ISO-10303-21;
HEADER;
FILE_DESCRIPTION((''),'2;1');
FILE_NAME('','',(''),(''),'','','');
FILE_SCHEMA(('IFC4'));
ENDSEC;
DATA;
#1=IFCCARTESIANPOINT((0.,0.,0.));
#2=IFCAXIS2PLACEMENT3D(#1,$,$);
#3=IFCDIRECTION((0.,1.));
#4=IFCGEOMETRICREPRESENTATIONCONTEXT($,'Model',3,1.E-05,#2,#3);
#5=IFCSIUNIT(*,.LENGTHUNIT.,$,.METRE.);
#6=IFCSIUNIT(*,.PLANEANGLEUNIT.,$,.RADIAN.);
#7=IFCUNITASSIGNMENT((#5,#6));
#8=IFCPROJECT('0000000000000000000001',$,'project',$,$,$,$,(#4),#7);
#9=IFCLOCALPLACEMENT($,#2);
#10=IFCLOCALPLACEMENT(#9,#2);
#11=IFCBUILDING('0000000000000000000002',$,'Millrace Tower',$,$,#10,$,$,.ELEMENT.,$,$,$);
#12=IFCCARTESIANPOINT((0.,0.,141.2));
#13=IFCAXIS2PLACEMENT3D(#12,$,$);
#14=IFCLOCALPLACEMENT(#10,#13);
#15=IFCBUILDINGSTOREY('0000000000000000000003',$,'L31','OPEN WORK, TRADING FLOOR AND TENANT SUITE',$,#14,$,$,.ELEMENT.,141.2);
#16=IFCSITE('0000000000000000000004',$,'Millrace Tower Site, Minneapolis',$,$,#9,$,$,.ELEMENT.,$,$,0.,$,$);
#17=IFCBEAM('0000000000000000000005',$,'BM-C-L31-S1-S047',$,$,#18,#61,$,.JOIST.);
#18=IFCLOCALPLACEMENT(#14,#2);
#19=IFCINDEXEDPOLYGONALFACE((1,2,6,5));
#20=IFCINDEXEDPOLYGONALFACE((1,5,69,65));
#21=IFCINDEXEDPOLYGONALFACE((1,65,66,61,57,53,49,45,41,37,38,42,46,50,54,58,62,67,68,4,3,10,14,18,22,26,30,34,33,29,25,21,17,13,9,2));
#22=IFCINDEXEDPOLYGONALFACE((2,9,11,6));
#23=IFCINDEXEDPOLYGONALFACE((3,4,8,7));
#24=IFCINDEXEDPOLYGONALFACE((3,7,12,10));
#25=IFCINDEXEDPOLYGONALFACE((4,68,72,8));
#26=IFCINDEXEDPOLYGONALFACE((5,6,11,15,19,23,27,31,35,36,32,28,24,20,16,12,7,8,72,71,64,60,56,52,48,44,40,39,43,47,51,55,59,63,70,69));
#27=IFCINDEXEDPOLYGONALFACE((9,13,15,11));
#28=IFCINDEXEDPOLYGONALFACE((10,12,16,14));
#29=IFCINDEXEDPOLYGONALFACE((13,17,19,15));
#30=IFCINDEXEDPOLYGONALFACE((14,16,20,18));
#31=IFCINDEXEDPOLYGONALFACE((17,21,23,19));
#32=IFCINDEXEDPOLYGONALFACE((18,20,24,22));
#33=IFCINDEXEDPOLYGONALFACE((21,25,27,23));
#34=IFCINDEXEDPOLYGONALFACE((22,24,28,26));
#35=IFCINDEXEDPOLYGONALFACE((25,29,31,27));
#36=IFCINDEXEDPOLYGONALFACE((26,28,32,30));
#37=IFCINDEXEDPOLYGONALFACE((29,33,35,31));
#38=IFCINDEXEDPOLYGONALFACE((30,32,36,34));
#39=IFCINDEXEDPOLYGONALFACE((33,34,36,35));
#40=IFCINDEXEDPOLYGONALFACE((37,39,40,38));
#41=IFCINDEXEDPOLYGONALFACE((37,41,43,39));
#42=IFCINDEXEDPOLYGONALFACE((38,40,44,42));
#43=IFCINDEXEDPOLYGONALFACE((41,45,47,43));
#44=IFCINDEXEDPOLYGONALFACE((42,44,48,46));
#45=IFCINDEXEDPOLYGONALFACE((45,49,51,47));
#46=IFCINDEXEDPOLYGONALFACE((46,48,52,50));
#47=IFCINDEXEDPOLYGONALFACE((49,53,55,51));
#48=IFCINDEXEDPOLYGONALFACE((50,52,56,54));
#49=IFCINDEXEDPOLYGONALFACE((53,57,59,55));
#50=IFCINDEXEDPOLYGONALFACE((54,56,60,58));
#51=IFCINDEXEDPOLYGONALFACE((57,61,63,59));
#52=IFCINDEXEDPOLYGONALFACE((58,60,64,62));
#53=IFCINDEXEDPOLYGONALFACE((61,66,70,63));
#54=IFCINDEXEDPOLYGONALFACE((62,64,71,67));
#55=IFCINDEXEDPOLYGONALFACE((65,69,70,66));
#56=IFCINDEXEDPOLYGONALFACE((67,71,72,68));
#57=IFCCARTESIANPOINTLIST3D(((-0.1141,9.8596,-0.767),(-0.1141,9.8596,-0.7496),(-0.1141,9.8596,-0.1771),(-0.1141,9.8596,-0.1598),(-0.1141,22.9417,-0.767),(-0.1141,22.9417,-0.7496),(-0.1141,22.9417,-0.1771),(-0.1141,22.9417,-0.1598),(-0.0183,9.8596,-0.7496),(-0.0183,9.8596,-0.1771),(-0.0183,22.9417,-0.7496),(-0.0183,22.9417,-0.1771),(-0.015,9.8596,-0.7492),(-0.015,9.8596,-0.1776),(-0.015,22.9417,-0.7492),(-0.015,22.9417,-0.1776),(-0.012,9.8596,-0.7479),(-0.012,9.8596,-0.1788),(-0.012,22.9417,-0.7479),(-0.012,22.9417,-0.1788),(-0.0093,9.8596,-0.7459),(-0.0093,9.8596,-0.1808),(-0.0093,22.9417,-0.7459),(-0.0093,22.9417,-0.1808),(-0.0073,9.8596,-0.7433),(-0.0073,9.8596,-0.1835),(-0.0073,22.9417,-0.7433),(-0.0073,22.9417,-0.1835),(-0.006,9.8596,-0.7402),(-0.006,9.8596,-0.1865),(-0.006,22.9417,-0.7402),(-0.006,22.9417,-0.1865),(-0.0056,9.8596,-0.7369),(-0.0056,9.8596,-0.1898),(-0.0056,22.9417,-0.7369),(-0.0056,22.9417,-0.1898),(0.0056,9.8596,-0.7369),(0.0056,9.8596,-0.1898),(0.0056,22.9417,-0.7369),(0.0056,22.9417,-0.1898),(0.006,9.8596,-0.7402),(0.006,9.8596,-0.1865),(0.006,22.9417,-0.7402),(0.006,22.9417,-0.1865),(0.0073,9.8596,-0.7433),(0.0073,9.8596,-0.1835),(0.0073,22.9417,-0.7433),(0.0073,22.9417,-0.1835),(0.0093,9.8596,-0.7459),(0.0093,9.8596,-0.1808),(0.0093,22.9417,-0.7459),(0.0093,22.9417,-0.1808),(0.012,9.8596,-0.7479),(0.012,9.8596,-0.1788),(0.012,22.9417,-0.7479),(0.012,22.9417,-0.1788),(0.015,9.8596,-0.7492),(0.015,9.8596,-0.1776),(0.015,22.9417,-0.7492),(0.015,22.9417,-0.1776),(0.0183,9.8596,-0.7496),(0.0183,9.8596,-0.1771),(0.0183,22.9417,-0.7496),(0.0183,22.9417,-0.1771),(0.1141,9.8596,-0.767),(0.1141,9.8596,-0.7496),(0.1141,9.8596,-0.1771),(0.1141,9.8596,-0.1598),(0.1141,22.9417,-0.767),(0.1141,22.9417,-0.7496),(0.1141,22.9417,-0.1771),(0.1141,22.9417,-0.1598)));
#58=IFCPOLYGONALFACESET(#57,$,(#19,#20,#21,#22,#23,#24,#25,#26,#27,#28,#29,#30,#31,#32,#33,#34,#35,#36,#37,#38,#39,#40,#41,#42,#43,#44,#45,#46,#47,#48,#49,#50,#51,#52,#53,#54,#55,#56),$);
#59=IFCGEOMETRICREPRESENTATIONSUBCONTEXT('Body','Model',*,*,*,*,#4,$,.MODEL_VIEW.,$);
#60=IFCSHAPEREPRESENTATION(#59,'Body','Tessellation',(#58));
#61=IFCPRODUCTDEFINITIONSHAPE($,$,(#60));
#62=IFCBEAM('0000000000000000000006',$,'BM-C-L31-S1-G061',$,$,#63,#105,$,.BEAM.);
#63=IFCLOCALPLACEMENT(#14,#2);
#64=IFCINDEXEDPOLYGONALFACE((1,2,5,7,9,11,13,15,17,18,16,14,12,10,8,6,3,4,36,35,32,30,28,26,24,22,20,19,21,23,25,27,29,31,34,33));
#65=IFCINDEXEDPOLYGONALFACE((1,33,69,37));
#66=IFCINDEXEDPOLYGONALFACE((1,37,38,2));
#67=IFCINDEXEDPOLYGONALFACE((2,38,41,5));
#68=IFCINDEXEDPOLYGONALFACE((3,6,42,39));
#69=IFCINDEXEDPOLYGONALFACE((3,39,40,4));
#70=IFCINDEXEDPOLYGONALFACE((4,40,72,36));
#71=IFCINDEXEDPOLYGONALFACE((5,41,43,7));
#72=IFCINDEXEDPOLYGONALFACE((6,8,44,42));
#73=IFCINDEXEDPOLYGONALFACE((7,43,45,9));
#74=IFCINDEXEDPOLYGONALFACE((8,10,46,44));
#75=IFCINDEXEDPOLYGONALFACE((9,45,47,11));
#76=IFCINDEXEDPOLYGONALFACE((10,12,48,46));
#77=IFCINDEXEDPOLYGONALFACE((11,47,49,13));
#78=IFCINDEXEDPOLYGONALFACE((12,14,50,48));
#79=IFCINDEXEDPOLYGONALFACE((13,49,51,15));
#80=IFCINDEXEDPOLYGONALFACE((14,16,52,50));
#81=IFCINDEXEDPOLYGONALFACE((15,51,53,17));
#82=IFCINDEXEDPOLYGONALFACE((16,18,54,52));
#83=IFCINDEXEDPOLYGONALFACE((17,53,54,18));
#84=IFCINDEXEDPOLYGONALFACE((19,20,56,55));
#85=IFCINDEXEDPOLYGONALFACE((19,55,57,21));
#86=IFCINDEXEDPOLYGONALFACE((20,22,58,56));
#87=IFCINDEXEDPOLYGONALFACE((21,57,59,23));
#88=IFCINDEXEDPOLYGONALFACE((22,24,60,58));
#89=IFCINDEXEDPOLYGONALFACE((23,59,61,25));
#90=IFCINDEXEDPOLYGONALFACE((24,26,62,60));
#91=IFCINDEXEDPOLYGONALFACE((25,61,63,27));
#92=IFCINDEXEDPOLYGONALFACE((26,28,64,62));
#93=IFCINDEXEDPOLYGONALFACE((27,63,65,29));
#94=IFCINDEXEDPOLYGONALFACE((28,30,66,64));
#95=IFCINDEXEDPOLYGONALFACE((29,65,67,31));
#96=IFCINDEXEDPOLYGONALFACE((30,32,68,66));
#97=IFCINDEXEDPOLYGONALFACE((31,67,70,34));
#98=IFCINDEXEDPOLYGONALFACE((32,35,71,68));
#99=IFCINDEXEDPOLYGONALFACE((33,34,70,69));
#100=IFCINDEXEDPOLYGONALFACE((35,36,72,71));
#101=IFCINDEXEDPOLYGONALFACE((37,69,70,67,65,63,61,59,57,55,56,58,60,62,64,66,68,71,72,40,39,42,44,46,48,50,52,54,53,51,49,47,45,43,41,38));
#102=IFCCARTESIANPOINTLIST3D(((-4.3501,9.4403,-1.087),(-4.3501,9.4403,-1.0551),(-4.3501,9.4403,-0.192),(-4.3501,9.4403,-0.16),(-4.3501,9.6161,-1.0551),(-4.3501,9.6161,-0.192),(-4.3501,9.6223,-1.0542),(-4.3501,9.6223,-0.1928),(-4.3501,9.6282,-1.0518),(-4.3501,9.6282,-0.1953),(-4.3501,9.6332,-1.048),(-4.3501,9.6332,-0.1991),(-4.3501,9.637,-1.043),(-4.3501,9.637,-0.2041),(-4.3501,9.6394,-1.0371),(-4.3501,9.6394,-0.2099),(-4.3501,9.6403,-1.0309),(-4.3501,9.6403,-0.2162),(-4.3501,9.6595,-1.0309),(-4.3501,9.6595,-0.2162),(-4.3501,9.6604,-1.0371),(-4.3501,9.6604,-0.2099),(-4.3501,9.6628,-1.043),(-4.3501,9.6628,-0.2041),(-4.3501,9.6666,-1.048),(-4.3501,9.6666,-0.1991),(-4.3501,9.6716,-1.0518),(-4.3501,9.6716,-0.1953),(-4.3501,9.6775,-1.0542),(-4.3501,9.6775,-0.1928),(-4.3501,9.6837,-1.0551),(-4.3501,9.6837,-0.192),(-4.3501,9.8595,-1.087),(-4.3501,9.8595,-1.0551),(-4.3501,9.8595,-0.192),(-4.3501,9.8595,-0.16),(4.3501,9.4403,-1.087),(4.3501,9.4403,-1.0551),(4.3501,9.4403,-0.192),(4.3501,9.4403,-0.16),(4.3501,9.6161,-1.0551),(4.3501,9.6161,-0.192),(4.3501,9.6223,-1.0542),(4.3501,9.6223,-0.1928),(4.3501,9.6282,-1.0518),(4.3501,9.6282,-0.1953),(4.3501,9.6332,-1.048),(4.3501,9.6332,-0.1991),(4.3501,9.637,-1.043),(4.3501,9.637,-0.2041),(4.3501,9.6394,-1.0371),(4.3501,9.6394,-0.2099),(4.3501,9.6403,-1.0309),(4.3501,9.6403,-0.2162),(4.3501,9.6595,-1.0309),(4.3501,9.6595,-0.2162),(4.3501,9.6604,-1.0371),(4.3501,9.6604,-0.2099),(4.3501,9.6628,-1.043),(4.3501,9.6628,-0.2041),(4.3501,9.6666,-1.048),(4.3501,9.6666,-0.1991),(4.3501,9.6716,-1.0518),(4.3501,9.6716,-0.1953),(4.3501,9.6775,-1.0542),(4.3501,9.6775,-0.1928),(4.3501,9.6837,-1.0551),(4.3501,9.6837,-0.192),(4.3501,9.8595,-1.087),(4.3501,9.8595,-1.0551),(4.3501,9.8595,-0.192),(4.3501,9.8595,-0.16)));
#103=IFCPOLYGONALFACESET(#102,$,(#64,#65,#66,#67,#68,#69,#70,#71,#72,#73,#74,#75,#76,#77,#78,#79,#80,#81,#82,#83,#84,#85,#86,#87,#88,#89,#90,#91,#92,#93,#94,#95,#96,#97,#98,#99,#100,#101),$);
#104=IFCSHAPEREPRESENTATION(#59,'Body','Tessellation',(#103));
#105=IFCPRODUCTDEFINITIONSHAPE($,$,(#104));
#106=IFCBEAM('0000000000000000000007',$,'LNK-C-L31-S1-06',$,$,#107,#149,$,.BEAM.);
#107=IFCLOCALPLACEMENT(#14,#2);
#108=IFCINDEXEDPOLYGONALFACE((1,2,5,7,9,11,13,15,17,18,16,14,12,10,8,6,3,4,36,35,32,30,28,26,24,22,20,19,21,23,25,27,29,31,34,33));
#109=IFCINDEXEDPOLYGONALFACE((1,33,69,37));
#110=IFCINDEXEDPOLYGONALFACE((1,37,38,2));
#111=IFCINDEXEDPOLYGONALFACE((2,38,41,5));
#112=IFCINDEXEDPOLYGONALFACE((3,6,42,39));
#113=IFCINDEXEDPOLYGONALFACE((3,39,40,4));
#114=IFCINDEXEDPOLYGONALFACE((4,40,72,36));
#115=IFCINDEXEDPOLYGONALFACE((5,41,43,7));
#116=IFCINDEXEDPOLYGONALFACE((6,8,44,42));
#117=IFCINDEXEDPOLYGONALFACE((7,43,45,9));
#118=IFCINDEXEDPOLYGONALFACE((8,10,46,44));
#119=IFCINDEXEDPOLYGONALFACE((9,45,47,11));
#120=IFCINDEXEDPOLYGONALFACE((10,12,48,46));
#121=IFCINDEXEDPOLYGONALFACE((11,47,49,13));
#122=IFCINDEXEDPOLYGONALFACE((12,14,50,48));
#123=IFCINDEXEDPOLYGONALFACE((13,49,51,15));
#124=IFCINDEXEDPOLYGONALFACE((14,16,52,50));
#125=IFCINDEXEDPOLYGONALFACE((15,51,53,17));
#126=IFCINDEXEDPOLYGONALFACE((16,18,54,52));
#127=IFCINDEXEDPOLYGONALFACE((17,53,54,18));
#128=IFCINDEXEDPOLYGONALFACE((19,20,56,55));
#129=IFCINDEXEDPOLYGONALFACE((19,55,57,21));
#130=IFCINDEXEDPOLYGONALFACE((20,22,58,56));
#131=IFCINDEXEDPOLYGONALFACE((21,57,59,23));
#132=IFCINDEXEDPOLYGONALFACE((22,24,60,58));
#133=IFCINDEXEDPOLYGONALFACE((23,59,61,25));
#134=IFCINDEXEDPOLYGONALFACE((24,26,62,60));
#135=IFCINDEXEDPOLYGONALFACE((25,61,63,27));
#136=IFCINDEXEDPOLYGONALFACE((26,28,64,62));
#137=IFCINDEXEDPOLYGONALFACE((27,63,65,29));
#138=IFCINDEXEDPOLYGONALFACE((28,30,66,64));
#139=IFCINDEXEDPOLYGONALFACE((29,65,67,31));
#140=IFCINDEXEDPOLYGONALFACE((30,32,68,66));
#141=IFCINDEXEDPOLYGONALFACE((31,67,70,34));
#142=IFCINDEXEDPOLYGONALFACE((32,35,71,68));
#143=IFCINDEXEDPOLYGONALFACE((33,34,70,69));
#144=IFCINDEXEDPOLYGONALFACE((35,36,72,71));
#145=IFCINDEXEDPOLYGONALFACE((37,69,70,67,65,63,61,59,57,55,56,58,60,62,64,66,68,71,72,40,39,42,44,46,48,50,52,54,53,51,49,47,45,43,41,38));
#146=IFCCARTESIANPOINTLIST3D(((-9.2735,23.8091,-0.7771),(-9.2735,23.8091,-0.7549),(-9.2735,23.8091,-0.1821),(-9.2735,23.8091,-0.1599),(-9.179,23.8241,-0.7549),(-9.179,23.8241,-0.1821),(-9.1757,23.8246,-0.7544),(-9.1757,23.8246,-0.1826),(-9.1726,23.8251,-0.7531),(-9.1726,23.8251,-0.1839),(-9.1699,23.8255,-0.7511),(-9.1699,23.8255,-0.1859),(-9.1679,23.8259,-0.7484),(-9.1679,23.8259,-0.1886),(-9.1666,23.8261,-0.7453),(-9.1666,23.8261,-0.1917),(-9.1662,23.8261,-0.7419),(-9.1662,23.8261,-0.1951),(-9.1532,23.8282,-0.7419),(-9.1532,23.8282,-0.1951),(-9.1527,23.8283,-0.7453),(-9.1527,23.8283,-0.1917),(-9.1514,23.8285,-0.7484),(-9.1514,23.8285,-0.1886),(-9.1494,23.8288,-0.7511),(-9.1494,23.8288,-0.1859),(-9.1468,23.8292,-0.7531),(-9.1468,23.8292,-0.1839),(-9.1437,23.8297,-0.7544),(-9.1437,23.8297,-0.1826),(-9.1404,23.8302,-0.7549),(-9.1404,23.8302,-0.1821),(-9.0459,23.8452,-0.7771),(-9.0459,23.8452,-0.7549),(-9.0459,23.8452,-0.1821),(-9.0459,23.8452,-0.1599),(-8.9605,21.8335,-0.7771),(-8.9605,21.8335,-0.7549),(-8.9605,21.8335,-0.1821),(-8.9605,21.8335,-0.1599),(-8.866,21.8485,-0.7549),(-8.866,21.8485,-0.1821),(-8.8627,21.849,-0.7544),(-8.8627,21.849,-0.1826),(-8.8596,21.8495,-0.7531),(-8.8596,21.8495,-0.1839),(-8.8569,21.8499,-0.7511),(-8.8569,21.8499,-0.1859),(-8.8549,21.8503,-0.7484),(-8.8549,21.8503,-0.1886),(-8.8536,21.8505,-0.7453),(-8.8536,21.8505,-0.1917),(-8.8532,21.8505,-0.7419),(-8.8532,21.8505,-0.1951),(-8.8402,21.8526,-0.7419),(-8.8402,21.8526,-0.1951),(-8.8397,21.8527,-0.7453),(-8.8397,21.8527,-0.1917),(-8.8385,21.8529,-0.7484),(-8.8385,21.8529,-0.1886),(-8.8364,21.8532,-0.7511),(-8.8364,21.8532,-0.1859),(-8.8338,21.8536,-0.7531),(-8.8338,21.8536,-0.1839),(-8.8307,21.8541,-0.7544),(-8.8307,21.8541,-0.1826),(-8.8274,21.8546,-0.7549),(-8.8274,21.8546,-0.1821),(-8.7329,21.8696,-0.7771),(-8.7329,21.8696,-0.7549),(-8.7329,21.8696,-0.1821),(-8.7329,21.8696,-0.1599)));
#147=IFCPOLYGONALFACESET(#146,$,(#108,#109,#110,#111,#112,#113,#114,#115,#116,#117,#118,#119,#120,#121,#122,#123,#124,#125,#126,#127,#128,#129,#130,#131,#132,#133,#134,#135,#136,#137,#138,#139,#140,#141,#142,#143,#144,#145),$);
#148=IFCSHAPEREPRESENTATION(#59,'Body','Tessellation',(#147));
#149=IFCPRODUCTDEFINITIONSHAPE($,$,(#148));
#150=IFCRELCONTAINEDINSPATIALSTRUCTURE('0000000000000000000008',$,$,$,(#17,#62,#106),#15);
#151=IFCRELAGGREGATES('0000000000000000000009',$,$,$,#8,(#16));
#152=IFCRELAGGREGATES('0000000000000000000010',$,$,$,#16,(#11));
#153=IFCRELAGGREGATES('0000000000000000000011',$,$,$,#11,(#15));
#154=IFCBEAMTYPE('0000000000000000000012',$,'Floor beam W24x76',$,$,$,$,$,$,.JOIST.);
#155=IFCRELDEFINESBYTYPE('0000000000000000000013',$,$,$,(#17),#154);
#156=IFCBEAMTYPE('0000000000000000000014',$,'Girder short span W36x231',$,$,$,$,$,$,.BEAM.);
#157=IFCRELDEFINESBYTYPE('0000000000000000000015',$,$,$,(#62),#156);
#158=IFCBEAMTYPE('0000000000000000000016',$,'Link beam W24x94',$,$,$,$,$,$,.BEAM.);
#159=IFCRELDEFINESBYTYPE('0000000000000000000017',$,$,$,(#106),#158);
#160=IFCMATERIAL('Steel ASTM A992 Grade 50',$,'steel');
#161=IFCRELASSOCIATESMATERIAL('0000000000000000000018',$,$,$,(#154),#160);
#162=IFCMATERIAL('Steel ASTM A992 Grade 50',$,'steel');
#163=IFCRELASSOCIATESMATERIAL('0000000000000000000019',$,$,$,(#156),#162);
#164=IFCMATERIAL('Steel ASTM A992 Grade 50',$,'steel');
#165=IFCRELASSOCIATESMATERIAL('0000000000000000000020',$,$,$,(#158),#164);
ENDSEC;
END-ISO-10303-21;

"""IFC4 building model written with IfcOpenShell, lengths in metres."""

from ifc_helpers import new_model, si_unit, direction, frame, origin, origin_2d, place, context, subcontext, project, spatial, i_section, extrude, material, material_profile, profile_set, type_object, element, save


model = new_model("IFC4")

# Units and contexts
model_context = context("Model", 3, precision=1e-05, world=origin(), true_north=direction((0.0, 1.0)))
body_context = subcontext(model_context, "Body", "Model", "MODEL_VIEW")
ifc_project = project(units=[si_unit("LENGTHUNIT", "METRE"), si_unit("PLANEANGLEUNIT", "RADIAN")], contexts=[model_context])

# Site, building, storey
site_placement = place(None, origin())
site = spatial("IfcSite", under=ifc_project, at=site_placement, Name="Millrace Tower Site, Minneapolis", CompositionType="ELEMENT", RefElevation=0.0)
building_placement = place(site_placement, origin())
building = spatial("IfcBuilding", under=site, at=building_placement, Name="Millrace Tower", CompositionType="ELEMENT")
storey_placement = place(building_placement, frame((0.0, 0.0, 141.2)))
storey = spatial("IfcBuildingStorey", under=building, at=storey_placement, Name="L31", Description="OPEN WORK, TRADING FLOOR AND TENANT SUITE", CompositionType="ELEMENT", Elevation=141.2)

# Beams
ifc_material_1 = material(Name="Steel ASTM A992 Grade 50", Category="steel")
ifc_material_profile_1 = material_profile(ifc_material_1, i_section(OverallWidth=0.2283, OverallDepth=0.6072, WebThickness=0.0112, FlangeThickness=0.0173, FilletRadius=0.0127, at=origin_2d()))
ifc_profile_set_1 = profile_set([ifc_material_profile_1], Name="Steel ASTM A992 Grade 50")
beam_type_1 = type_object("IfcBeamType", Name="Floor beam W24x76", PredefinedType="JOIST", material=ifc_profile_set_1)
beam_1_placement = place(storey_placement, frame((0.0, 9.8596, -0.4634), z_axis=(0.0, 1.0, 0.0), x_axis=(-1.0, 0.0, 0.0)))
element("IfcBeam", 1, at=beam_1_placement, inside=storey, type_object=beam_type_1, Name="BM-C-L31-S1-S047", PredefinedType="JOIST", context=body_context, shape_type="SweptSolid", body=[
    extrude(i_section(OverallWidth=0.2283, OverallDepth=0.6072, WebThickness=0.0112, FlangeThickness=0.0173, FilletRadius=0.0127, at=origin_2d()), origin(), (0.0, 0.0, 1.0), 13.082),
])
ifc_material_2 = material(Name="Steel ASTM A992 Grade 50", Category="steel")
ifc_material_profile_2 = material_profile(ifc_material_2, i_section(OverallWidth=0.4192, OverallDepth=0.927, WebThickness=0.0193, FlangeThickness=0.032, FilletRadius=0.0242, at=origin_2d()))
ifc_profile_set_2 = profile_set([ifc_material_profile_2], Name="Steel ASTM A992 Grade 50")
beam_type_2 = type_object("IfcBeamType", Name="Girder short span W36x231", PredefinedType="BEAM", material=ifc_profile_set_2)
beam_2_placement = place(storey_placement, frame((-4.3501, 9.6499, -0.6235), z_axis=(1.0, 0.0, 0.0), x_axis=(0.0, 1.0, 0.0)))
element("IfcBeam", 2, at=beam_2_placement, inside=storey, type_object=beam_type_2, Name="BM-C-L31-S1-G061", PredefinedType="BEAM", context=body_context, shape_type="SweptSolid", body=[
    extrude(i_section(OverallWidth=0.4192, OverallDepth=0.927, WebThickness=0.0193, FlangeThickness=0.032, FilletRadius=0.0242, at=origin_2d()), origin(), (0.0, 0.0, 1.0), 8.7002),
])
ifc_material_3 = material(Name="Steel ASTM A992 Grade 50", Category="steel")
ifc_material_profile_3 = material_profile(ifc_material_3, i_section(OverallWidth=0.2305, OverallDepth=0.6172, WebThickness=0.0132, FlangeThickness=0.0222, FilletRadius=0.0129, at=origin_2d()))
ifc_profile_set_3 = profile_set([ifc_material_profile_3], Name="Steel ASTM A992 Grade 50")
beam_type_3 = type_object("IfcBeamType", Name="Link beam W24x94", PredefinedType="BEAM", material=ifc_profile_set_3)
beam_3_placement = place(storey_placement, frame((-8.8467, 21.8516, -0.4685), z_axis=(-0.156477, 0.987682, 0.0), x_axis=(-0.987682, -0.156477, 0.0)))
element("IfcBeam", 3, at=beam_3_placement, inside=storey, type_object=beam_type_3, Name="LNK-C-L31-S1-06", PredefinedType="BEAM", context=body_context, shape_type="SweptSolid", body=[
    extrude(i_section(OverallWidth=0.2305, OverallDepth=0.6172, WebThickness=0.0132, FlangeThickness=0.0222, FilletRadius=0.0129, at=origin_2d()), origin(), (0.0, 0.0, 1.0), 2.0002),
])

save(model, "model.ifc")
